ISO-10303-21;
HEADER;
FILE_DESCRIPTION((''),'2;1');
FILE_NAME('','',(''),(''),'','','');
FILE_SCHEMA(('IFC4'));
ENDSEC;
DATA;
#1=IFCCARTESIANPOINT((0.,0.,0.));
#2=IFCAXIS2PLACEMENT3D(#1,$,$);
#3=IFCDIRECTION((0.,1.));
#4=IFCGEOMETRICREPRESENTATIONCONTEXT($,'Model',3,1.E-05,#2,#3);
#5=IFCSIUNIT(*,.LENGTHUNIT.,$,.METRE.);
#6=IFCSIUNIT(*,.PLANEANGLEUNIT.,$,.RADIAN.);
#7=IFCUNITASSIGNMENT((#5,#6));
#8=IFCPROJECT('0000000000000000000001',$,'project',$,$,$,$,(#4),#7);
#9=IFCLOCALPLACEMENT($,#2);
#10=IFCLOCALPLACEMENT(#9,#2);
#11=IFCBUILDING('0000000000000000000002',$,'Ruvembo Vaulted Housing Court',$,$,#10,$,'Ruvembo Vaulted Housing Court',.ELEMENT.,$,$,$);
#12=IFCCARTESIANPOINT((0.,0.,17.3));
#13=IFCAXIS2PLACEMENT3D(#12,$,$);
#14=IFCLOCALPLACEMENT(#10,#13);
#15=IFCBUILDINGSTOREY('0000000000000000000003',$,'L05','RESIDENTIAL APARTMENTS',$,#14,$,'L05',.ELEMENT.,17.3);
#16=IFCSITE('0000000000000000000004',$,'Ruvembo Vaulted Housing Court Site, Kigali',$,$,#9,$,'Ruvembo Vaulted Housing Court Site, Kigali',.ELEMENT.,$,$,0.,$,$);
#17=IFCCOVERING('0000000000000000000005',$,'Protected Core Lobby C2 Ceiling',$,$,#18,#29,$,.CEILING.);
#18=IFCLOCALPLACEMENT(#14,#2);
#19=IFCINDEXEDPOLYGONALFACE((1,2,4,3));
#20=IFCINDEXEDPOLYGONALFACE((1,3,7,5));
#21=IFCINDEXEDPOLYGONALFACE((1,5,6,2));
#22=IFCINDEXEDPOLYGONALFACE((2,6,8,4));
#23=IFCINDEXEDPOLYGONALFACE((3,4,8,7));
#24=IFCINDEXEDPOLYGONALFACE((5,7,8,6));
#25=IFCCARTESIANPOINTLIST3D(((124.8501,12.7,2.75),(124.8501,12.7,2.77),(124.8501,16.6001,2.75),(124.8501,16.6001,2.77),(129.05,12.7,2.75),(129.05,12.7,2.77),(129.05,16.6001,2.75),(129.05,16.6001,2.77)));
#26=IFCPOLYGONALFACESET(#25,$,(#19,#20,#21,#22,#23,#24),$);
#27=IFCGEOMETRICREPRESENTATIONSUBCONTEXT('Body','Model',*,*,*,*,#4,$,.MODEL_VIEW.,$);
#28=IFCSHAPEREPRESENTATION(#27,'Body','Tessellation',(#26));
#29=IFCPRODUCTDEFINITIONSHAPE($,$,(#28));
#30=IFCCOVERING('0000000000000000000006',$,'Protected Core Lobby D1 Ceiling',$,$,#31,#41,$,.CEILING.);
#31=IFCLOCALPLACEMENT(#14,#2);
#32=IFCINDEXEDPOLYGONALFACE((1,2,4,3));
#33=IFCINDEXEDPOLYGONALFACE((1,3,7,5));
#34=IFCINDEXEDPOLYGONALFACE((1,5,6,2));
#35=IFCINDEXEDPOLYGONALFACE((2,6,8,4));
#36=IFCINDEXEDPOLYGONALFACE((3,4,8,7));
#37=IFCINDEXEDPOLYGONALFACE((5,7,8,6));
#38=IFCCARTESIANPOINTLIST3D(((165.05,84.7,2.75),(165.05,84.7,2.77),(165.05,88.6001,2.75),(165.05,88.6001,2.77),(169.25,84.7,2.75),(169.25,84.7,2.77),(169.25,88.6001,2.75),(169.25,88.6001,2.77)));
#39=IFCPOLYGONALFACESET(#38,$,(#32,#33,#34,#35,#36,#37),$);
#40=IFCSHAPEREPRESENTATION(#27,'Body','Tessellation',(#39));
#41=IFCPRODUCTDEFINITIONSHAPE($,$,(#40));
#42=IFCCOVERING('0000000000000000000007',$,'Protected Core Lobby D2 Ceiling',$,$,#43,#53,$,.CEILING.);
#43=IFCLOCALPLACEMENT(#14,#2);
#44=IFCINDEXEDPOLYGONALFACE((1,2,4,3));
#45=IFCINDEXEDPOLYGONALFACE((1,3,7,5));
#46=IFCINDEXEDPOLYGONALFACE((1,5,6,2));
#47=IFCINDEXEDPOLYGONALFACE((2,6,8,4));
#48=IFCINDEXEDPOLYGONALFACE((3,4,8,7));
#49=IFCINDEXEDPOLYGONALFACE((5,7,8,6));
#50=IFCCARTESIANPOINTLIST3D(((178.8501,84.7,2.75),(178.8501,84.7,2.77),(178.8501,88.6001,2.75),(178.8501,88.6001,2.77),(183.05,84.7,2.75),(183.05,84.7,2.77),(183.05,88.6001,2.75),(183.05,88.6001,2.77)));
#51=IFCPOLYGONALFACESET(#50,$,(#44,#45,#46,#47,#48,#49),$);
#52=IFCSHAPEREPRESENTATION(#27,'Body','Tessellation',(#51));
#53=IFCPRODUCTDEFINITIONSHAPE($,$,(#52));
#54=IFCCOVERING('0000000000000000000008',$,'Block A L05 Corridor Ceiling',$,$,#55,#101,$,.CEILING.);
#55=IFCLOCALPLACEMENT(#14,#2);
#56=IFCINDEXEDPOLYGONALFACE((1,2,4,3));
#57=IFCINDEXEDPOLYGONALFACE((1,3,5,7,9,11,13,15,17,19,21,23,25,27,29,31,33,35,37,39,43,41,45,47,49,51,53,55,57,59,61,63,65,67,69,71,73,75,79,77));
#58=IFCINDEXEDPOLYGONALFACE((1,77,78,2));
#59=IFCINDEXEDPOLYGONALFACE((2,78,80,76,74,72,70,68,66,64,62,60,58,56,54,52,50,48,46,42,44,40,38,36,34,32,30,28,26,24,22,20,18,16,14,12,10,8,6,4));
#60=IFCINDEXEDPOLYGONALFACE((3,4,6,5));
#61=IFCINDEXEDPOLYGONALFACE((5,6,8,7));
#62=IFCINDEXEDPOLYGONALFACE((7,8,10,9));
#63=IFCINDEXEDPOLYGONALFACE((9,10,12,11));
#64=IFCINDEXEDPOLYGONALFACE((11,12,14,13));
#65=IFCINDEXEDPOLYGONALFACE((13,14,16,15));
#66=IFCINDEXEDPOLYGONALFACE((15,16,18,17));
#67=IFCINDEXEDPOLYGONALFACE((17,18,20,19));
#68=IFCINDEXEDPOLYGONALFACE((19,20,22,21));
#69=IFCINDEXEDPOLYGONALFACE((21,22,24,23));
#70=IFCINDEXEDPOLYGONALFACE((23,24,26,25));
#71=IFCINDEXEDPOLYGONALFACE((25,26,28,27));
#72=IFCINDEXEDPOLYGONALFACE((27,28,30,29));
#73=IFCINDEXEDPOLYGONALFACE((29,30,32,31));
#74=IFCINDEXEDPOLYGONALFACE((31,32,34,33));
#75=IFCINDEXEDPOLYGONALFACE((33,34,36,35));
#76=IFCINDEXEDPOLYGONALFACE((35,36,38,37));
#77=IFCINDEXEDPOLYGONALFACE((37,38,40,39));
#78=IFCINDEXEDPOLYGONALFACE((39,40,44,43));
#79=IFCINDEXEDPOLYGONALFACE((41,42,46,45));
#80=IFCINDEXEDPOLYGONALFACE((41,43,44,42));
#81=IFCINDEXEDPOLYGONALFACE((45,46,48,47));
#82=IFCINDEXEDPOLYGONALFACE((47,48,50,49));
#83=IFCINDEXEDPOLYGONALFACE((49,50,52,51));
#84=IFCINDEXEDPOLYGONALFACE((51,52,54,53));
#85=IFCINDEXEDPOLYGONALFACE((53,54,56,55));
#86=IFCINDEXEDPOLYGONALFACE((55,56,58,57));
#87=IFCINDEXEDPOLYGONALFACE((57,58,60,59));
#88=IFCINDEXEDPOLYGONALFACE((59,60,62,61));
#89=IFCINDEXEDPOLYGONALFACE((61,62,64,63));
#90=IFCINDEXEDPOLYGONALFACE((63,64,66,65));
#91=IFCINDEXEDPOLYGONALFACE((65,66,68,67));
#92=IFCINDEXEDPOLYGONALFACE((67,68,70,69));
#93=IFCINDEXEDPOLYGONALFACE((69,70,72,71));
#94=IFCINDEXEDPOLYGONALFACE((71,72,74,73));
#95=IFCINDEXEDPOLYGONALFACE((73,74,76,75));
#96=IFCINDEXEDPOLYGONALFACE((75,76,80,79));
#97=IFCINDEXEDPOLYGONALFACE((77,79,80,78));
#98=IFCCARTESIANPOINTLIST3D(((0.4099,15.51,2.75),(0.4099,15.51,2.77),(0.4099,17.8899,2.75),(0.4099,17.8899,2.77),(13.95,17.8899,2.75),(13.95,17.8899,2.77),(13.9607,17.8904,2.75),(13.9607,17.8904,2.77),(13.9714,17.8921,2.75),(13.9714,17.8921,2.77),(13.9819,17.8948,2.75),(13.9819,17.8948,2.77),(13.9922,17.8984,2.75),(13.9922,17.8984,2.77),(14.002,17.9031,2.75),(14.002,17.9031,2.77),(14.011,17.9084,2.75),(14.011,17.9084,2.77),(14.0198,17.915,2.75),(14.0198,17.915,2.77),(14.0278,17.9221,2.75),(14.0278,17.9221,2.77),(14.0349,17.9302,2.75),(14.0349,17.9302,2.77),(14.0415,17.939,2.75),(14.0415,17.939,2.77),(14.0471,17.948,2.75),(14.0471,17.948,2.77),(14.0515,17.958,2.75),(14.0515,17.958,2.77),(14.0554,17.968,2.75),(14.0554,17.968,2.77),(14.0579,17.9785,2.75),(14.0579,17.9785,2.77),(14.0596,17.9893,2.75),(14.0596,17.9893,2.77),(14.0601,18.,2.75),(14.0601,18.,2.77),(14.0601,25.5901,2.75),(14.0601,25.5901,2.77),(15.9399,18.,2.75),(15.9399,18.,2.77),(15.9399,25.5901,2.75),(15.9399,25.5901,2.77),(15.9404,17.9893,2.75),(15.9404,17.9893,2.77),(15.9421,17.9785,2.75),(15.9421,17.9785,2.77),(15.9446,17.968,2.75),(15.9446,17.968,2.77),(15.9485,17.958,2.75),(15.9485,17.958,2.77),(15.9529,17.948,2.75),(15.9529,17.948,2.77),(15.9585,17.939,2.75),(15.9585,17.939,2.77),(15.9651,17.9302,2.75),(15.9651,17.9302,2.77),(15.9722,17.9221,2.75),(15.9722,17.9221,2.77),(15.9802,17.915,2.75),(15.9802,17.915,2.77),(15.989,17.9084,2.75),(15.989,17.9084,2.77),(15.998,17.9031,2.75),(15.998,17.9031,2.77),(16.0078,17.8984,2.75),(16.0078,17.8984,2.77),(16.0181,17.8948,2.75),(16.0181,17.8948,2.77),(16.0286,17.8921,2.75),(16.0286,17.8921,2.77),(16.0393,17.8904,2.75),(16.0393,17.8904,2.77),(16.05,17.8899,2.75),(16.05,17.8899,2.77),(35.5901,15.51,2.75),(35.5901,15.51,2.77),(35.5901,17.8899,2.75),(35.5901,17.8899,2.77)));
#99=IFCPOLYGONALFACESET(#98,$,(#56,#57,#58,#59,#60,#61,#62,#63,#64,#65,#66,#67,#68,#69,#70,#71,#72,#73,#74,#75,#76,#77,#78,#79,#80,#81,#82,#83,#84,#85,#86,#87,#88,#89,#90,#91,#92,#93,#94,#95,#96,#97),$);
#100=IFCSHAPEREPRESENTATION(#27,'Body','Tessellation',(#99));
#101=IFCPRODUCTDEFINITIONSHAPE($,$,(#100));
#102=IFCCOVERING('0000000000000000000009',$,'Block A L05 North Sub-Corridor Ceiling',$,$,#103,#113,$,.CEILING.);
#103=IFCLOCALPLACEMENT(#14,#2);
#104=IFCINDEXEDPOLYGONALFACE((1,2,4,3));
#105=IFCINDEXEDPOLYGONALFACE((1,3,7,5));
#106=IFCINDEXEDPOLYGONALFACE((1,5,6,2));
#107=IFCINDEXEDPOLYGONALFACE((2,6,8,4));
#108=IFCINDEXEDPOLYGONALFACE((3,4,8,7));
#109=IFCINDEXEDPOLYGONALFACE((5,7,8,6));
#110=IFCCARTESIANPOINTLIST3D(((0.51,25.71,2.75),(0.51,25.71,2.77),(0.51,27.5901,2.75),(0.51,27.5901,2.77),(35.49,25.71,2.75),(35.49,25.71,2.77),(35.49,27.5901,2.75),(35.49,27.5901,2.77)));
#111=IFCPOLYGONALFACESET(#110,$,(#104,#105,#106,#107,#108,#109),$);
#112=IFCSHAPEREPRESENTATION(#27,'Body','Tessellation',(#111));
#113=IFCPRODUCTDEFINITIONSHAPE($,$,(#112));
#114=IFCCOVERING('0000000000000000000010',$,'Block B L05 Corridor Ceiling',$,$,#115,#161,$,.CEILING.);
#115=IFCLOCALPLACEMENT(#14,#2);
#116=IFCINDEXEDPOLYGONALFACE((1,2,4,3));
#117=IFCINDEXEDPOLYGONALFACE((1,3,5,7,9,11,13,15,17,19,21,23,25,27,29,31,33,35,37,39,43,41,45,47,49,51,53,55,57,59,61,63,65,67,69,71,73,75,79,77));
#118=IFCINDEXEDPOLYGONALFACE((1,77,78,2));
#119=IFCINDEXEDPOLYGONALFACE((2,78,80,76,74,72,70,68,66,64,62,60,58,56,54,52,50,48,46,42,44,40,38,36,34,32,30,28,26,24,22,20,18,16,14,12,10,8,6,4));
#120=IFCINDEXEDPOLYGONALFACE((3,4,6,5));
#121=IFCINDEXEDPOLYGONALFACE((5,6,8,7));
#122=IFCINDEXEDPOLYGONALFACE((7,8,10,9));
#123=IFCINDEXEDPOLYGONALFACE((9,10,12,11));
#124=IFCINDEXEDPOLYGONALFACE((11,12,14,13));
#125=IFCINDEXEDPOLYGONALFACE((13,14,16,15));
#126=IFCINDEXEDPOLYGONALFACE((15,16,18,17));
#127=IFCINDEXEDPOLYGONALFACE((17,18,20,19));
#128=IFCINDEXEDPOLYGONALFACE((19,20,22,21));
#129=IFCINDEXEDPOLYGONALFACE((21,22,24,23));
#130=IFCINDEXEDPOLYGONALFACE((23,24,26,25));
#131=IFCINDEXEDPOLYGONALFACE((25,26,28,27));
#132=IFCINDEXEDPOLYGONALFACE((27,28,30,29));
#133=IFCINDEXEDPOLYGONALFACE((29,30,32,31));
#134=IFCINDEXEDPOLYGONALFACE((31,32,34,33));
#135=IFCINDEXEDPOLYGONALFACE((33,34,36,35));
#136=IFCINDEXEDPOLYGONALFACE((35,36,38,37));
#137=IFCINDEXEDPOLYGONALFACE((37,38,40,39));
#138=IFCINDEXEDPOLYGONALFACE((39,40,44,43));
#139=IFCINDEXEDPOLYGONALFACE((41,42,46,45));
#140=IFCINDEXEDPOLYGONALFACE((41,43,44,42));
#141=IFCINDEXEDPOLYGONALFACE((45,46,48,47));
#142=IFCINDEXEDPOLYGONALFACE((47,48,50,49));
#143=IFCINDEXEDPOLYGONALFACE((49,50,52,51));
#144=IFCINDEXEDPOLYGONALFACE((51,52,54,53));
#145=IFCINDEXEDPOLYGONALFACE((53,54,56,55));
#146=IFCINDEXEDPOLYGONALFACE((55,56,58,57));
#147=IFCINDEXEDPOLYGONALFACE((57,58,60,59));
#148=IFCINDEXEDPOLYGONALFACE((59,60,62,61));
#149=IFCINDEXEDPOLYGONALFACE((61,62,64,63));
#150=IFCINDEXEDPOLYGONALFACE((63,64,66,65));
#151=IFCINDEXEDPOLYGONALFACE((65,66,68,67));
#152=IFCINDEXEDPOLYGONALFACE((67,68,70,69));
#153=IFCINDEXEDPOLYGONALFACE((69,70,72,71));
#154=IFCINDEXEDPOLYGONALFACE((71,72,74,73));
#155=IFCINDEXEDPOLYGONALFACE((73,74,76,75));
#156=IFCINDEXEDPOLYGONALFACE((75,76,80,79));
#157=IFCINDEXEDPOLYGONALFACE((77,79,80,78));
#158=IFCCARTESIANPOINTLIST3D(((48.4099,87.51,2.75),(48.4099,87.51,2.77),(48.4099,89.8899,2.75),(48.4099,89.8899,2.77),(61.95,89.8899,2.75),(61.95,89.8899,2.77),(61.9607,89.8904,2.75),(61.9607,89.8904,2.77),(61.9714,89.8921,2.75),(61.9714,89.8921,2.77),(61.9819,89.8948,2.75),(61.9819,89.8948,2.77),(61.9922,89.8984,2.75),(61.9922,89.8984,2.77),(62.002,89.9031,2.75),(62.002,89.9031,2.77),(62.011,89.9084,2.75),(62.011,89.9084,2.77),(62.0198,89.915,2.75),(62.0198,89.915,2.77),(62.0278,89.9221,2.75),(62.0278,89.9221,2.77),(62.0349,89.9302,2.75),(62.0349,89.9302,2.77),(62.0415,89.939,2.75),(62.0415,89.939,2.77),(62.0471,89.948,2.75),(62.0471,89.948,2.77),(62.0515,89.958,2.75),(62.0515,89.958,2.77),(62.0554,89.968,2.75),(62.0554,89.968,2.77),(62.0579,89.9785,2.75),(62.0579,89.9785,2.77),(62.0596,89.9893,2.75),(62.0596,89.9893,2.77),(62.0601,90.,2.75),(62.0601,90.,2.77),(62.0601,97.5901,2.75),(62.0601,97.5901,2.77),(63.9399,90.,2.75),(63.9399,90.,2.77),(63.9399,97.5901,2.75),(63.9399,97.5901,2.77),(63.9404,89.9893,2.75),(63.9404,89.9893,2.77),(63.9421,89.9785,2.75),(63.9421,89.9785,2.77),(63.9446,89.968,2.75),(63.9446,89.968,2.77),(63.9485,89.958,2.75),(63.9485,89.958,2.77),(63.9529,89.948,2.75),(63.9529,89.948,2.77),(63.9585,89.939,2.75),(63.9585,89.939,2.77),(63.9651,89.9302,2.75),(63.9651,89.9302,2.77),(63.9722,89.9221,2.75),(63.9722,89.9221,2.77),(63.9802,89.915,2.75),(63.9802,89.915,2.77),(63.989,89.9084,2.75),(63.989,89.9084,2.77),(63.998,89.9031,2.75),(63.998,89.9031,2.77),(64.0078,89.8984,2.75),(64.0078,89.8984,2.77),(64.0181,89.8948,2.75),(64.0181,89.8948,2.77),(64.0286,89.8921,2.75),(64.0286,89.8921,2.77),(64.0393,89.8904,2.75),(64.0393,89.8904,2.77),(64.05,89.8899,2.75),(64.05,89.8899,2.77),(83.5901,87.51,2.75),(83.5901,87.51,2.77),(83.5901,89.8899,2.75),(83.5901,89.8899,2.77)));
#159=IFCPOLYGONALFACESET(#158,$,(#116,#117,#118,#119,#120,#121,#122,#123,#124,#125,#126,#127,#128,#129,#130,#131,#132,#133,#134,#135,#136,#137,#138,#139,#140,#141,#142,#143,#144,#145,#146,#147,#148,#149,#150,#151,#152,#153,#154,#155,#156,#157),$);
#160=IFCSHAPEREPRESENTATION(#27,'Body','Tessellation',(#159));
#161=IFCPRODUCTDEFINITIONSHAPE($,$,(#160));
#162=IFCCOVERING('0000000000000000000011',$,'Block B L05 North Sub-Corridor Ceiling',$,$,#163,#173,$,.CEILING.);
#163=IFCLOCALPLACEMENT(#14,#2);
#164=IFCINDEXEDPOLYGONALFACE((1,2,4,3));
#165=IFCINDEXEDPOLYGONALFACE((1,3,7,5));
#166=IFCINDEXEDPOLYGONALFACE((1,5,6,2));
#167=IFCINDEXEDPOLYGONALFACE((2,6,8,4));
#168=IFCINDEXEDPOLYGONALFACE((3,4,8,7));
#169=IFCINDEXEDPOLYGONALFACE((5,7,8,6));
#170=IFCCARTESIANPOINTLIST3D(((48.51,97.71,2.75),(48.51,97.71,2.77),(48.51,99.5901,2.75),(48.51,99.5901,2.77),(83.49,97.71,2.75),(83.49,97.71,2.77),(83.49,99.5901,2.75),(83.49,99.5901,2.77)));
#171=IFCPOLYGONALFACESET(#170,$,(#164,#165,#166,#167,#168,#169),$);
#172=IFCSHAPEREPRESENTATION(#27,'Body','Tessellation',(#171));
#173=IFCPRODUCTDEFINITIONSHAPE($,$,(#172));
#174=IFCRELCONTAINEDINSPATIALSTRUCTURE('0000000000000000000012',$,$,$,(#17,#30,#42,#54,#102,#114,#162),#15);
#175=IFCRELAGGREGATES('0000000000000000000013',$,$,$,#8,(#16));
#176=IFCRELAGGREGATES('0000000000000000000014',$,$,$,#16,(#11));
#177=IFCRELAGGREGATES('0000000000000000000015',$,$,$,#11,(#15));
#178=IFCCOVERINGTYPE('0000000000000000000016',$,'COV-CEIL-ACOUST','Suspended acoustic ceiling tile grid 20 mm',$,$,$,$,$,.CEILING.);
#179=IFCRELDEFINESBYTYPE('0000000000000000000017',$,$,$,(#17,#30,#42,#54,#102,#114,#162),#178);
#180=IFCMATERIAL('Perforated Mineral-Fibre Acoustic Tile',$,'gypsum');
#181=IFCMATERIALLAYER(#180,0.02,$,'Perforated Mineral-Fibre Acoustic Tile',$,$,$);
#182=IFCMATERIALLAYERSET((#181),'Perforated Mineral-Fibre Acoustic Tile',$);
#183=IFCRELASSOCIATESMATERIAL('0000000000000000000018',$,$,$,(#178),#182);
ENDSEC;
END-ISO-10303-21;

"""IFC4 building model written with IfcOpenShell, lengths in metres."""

from ifc_helpers import new_model, si_unit, direction, frame, origin, place, context, subcontext, project, spatial, polyline, outline, extrude, material, layer, layer_set, type_object, element, save


model = new_model("IFC4")

# Units and contexts
model_context = context("Model", 3, precision=1e-05, world=origin(), true_north=direction((0.0, 1.0)))
body_context = subcontext(model_context, "Body", "Model", "MODEL_VIEW")
ifc_project = project(units=[si_unit("LENGTHUNIT", "METRE"), si_unit("PLANEANGLEUNIT", "RADIAN")], contexts=[model_context])

# Site, building, storey
site_placement = place(None, origin())
site = spatial("IfcSite", under=ifc_project, at=site_placement, Name="Ruvembo Vaulted Housing Court Site, Kigali", LongName="Ruvembo Vaulted Housing Court Site, Kigali", CompositionType="ELEMENT", RefElevation=0.0)
building_placement = place(site_placement, origin())
building = spatial("IfcBuilding", under=site, at=building_placement, Name="Ruvembo Vaulted Housing Court", LongName="Ruvembo Vaulted Housing Court", CompositionType="ELEMENT")
storey_placement = place(building_placement, frame((0.0, 0.0, 17.3)))
storey = spatial("IfcBuildingStorey", under=building, at=storey_placement, Name="L05", Description="RESIDENTIAL APARTMENTS", LongName="L05", CompositionType="ELEMENT", Elevation=17.3)

# Coverings
ifc_material_1 = material(Name="Perforated Mineral-Fibre Acoustic Tile", Category="gypsum")
ifc_layer_1 = layer(ifc_material_1, 0.02, Name="Perforated Mineral-Fibre Acoustic Tile")
ifc_layer_set_1 = layer_set([ifc_layer_1], Name="Perforated Mineral-Fibre Acoustic Tile")
covering_type_1 = type_object("IfcCoveringType", Name="COV-CEIL-ACOUST", Description="Suspended acoustic ceiling tile grid 20 mm", PredefinedType="CEILING", material=ifc_layer_set_1)
covering_1_placement = place(storey_placement, frame((0.0, 0.0, 2.75)))
element("IfcCovering", 1, at=covering_1_placement, inside=storey, type_object=covering_type_1, Name="Protected Core Lobby C2 Ceiling", PredefinedType="CEILING", context=body_context, shape_type="SweptSolid", body=[
    extrude(outline(polyline([(129.05, 16.6001), (124.8501, 16.6001), (124.8501, 12.7), (129.05, 12.7), (129.05, 16.6001)])), origin(), (0.0, 0.0, 1.0), 0.02),
])
covering_2_placement = place(storey_placement, frame((0.0, 0.0, 2.75)))
element("IfcCovering", 2, at=covering_2_placement, inside=storey, type_object=covering_type_1, Name="Protected Core Lobby D1 Ceiling", PredefinedType="CEILING", context=body_context, shape_type="SweptSolid", body=[
    extrude(outline(polyline([(169.25, 88.6001), (165.05, 88.6001), (165.05, 84.7), (169.25, 84.7), (169.25, 88.6001)])), origin(), (0.0, 0.0, 1.0), 0.02),
])
covering_3_placement = place(storey_placement, frame((0.0, 0.0, 2.75)))
element("IfcCovering", 3, at=covering_3_placement, inside=storey, type_object=covering_type_1, Name="Protected Core Lobby D2 Ceiling", PredefinedType="CEILING", context=body_context, shape_type="SweptSolid", body=[
    extrude(outline(polyline([(183.05, 88.6001), (178.8501, 88.6001), (178.8501, 84.7), (183.05, 84.7), (183.05, 88.6001)])), origin(), (0.0, 0.0, 1.0), 0.02),
])
covering_4_placement = place(storey_placement, frame((0.0, 0.0, 2.75)))
element("IfcCovering", 4, at=covering_4_placement, inside=storey, type_object=covering_type_1, Name="Block A L05 Corridor Ceiling", PredefinedType="CEILING", context=body_context, shape_type="SweptSolid", body=[
    extrude(outline(polyline([(35.5901, 15.51), (35.5901, 17.8899), (16.05, 17.8899), (16.0393, 17.8904), (16.0286, 17.8921), (16.0181, 17.8948), (16.0078, 17.8984), (15.998, 17.9031), (15.989, 17.9084), (15.9802, 17.915), (15.9722, 17.9221), (15.9651, 17.9302), (15.9585, 17.939), (15.9529, 17.948), (15.9485, 17.958), (15.9446, 17.968), (15.9421, 17.9785), (15.9404, 17.9893), (15.9399, 18.0), (15.9399, 25.5901), (14.0601, 25.5901), (14.0601, 18.0), (14.0596, 17.9893), (14.0579, 17.9785), (14.0554, 17.968), (14.0515, 17.958), (14.0471, 17.948), (14.0415, 17.939), (14.0349, 17.9302), (14.0278, 17.9221), (14.0198, 17.915), (14.011, 17.9084), (14.002, 17.9031), (13.9922, 17.8984), (13.9819, 17.8948), (13.9714, 17.8921), (13.9607, 17.8904), (13.95, 17.8899), (0.4099, 17.8899), (0.4099, 15.51), (35.5901, 15.51)])), origin(), (0.0, 0.0, 1.0), 0.02),
])
covering_5_placement = place(storey_placement, frame((0.0, 0.0, 2.75)))
element("IfcCovering", 5, at=covering_5_placement, inside=storey, type_object=covering_type_1, Name="Block A L05 North Sub-Corridor Ceiling", PredefinedType="CEILING", context=body_context, shape_type="SweptSolid", body=[
    extrude(outline(polyline([(0.51, 25.71), (35.49, 25.71), (35.49, 27.5901), (0.51, 27.5901), (0.51, 25.71)])), origin(), (0.0, 0.0, 1.0), 0.02),
])
covering_6_placement = place(storey_placement, frame((0.0, 0.0, 2.75)))
element("IfcCovering", 6, at=covering_6_placement, inside=storey, type_object=covering_type_1, Name="Block B L05 Corridor Ceiling", PredefinedType="CEILING", context=body_context, shape_type="SweptSolid", body=[
    extrude(outline(polyline([(83.5901, 87.51), (83.5901, 89.8899), (64.05, 89.8899), (64.0393, 89.8904), (64.0286, 89.8921), (64.0181, 89.8948), (64.0078, 89.8984), (63.998, 89.9031), (63.989, 89.9084), (63.9802, 89.915), (63.9722, 89.9221), (63.9651, 89.9302), (63.9585, 89.939), (63.9529, 89.948), (63.9485, 89.958), (63.9446, 89.968), (63.9421, 89.9785), (63.9404, 89.9893), (63.9399, 90.0), (63.9399, 97.5901), (62.0601, 97.5901), (62.0601, 90.0), (62.0596, 89.9893), (62.0579, 89.9785), (62.0554, 89.968), (62.0515, 89.958), (62.0471, 89.948), (62.0415, 89.939), (62.0349, 89.9302), (62.0278, 89.9221), (62.0198, 89.915), (62.011, 89.9084), (62.002, 89.9031), (61.9922, 89.8984), (61.9819, 89.8948), (61.9714, 89.8921), (61.9607, 89.8904), (61.95, 89.8899), (48.4099, 89.8899), (48.4099, 87.51), (83.5901, 87.51)])), origin(), (0.0, 0.0, 1.0), 0.02),
])
covering_7_placement = place(storey_placement, frame((0.0, 0.0, 2.75)))
element("IfcCovering", 7, at=covering_7_placement, inside=storey, type_object=covering_type_1, Name="Block B L05 North Sub-Corridor Ceiling", PredefinedType="CEILING", context=body_context, shape_type="SweptSolid", body=[
    extrude(outline(polyline([(48.51, 97.71), (83.49, 97.71), (83.49, 99.5901), (48.51, 99.5901), (48.51, 97.71)])), origin(), (0.0, 0.0, 1.0), 0.02),
])

save(model, "model.ifc")
